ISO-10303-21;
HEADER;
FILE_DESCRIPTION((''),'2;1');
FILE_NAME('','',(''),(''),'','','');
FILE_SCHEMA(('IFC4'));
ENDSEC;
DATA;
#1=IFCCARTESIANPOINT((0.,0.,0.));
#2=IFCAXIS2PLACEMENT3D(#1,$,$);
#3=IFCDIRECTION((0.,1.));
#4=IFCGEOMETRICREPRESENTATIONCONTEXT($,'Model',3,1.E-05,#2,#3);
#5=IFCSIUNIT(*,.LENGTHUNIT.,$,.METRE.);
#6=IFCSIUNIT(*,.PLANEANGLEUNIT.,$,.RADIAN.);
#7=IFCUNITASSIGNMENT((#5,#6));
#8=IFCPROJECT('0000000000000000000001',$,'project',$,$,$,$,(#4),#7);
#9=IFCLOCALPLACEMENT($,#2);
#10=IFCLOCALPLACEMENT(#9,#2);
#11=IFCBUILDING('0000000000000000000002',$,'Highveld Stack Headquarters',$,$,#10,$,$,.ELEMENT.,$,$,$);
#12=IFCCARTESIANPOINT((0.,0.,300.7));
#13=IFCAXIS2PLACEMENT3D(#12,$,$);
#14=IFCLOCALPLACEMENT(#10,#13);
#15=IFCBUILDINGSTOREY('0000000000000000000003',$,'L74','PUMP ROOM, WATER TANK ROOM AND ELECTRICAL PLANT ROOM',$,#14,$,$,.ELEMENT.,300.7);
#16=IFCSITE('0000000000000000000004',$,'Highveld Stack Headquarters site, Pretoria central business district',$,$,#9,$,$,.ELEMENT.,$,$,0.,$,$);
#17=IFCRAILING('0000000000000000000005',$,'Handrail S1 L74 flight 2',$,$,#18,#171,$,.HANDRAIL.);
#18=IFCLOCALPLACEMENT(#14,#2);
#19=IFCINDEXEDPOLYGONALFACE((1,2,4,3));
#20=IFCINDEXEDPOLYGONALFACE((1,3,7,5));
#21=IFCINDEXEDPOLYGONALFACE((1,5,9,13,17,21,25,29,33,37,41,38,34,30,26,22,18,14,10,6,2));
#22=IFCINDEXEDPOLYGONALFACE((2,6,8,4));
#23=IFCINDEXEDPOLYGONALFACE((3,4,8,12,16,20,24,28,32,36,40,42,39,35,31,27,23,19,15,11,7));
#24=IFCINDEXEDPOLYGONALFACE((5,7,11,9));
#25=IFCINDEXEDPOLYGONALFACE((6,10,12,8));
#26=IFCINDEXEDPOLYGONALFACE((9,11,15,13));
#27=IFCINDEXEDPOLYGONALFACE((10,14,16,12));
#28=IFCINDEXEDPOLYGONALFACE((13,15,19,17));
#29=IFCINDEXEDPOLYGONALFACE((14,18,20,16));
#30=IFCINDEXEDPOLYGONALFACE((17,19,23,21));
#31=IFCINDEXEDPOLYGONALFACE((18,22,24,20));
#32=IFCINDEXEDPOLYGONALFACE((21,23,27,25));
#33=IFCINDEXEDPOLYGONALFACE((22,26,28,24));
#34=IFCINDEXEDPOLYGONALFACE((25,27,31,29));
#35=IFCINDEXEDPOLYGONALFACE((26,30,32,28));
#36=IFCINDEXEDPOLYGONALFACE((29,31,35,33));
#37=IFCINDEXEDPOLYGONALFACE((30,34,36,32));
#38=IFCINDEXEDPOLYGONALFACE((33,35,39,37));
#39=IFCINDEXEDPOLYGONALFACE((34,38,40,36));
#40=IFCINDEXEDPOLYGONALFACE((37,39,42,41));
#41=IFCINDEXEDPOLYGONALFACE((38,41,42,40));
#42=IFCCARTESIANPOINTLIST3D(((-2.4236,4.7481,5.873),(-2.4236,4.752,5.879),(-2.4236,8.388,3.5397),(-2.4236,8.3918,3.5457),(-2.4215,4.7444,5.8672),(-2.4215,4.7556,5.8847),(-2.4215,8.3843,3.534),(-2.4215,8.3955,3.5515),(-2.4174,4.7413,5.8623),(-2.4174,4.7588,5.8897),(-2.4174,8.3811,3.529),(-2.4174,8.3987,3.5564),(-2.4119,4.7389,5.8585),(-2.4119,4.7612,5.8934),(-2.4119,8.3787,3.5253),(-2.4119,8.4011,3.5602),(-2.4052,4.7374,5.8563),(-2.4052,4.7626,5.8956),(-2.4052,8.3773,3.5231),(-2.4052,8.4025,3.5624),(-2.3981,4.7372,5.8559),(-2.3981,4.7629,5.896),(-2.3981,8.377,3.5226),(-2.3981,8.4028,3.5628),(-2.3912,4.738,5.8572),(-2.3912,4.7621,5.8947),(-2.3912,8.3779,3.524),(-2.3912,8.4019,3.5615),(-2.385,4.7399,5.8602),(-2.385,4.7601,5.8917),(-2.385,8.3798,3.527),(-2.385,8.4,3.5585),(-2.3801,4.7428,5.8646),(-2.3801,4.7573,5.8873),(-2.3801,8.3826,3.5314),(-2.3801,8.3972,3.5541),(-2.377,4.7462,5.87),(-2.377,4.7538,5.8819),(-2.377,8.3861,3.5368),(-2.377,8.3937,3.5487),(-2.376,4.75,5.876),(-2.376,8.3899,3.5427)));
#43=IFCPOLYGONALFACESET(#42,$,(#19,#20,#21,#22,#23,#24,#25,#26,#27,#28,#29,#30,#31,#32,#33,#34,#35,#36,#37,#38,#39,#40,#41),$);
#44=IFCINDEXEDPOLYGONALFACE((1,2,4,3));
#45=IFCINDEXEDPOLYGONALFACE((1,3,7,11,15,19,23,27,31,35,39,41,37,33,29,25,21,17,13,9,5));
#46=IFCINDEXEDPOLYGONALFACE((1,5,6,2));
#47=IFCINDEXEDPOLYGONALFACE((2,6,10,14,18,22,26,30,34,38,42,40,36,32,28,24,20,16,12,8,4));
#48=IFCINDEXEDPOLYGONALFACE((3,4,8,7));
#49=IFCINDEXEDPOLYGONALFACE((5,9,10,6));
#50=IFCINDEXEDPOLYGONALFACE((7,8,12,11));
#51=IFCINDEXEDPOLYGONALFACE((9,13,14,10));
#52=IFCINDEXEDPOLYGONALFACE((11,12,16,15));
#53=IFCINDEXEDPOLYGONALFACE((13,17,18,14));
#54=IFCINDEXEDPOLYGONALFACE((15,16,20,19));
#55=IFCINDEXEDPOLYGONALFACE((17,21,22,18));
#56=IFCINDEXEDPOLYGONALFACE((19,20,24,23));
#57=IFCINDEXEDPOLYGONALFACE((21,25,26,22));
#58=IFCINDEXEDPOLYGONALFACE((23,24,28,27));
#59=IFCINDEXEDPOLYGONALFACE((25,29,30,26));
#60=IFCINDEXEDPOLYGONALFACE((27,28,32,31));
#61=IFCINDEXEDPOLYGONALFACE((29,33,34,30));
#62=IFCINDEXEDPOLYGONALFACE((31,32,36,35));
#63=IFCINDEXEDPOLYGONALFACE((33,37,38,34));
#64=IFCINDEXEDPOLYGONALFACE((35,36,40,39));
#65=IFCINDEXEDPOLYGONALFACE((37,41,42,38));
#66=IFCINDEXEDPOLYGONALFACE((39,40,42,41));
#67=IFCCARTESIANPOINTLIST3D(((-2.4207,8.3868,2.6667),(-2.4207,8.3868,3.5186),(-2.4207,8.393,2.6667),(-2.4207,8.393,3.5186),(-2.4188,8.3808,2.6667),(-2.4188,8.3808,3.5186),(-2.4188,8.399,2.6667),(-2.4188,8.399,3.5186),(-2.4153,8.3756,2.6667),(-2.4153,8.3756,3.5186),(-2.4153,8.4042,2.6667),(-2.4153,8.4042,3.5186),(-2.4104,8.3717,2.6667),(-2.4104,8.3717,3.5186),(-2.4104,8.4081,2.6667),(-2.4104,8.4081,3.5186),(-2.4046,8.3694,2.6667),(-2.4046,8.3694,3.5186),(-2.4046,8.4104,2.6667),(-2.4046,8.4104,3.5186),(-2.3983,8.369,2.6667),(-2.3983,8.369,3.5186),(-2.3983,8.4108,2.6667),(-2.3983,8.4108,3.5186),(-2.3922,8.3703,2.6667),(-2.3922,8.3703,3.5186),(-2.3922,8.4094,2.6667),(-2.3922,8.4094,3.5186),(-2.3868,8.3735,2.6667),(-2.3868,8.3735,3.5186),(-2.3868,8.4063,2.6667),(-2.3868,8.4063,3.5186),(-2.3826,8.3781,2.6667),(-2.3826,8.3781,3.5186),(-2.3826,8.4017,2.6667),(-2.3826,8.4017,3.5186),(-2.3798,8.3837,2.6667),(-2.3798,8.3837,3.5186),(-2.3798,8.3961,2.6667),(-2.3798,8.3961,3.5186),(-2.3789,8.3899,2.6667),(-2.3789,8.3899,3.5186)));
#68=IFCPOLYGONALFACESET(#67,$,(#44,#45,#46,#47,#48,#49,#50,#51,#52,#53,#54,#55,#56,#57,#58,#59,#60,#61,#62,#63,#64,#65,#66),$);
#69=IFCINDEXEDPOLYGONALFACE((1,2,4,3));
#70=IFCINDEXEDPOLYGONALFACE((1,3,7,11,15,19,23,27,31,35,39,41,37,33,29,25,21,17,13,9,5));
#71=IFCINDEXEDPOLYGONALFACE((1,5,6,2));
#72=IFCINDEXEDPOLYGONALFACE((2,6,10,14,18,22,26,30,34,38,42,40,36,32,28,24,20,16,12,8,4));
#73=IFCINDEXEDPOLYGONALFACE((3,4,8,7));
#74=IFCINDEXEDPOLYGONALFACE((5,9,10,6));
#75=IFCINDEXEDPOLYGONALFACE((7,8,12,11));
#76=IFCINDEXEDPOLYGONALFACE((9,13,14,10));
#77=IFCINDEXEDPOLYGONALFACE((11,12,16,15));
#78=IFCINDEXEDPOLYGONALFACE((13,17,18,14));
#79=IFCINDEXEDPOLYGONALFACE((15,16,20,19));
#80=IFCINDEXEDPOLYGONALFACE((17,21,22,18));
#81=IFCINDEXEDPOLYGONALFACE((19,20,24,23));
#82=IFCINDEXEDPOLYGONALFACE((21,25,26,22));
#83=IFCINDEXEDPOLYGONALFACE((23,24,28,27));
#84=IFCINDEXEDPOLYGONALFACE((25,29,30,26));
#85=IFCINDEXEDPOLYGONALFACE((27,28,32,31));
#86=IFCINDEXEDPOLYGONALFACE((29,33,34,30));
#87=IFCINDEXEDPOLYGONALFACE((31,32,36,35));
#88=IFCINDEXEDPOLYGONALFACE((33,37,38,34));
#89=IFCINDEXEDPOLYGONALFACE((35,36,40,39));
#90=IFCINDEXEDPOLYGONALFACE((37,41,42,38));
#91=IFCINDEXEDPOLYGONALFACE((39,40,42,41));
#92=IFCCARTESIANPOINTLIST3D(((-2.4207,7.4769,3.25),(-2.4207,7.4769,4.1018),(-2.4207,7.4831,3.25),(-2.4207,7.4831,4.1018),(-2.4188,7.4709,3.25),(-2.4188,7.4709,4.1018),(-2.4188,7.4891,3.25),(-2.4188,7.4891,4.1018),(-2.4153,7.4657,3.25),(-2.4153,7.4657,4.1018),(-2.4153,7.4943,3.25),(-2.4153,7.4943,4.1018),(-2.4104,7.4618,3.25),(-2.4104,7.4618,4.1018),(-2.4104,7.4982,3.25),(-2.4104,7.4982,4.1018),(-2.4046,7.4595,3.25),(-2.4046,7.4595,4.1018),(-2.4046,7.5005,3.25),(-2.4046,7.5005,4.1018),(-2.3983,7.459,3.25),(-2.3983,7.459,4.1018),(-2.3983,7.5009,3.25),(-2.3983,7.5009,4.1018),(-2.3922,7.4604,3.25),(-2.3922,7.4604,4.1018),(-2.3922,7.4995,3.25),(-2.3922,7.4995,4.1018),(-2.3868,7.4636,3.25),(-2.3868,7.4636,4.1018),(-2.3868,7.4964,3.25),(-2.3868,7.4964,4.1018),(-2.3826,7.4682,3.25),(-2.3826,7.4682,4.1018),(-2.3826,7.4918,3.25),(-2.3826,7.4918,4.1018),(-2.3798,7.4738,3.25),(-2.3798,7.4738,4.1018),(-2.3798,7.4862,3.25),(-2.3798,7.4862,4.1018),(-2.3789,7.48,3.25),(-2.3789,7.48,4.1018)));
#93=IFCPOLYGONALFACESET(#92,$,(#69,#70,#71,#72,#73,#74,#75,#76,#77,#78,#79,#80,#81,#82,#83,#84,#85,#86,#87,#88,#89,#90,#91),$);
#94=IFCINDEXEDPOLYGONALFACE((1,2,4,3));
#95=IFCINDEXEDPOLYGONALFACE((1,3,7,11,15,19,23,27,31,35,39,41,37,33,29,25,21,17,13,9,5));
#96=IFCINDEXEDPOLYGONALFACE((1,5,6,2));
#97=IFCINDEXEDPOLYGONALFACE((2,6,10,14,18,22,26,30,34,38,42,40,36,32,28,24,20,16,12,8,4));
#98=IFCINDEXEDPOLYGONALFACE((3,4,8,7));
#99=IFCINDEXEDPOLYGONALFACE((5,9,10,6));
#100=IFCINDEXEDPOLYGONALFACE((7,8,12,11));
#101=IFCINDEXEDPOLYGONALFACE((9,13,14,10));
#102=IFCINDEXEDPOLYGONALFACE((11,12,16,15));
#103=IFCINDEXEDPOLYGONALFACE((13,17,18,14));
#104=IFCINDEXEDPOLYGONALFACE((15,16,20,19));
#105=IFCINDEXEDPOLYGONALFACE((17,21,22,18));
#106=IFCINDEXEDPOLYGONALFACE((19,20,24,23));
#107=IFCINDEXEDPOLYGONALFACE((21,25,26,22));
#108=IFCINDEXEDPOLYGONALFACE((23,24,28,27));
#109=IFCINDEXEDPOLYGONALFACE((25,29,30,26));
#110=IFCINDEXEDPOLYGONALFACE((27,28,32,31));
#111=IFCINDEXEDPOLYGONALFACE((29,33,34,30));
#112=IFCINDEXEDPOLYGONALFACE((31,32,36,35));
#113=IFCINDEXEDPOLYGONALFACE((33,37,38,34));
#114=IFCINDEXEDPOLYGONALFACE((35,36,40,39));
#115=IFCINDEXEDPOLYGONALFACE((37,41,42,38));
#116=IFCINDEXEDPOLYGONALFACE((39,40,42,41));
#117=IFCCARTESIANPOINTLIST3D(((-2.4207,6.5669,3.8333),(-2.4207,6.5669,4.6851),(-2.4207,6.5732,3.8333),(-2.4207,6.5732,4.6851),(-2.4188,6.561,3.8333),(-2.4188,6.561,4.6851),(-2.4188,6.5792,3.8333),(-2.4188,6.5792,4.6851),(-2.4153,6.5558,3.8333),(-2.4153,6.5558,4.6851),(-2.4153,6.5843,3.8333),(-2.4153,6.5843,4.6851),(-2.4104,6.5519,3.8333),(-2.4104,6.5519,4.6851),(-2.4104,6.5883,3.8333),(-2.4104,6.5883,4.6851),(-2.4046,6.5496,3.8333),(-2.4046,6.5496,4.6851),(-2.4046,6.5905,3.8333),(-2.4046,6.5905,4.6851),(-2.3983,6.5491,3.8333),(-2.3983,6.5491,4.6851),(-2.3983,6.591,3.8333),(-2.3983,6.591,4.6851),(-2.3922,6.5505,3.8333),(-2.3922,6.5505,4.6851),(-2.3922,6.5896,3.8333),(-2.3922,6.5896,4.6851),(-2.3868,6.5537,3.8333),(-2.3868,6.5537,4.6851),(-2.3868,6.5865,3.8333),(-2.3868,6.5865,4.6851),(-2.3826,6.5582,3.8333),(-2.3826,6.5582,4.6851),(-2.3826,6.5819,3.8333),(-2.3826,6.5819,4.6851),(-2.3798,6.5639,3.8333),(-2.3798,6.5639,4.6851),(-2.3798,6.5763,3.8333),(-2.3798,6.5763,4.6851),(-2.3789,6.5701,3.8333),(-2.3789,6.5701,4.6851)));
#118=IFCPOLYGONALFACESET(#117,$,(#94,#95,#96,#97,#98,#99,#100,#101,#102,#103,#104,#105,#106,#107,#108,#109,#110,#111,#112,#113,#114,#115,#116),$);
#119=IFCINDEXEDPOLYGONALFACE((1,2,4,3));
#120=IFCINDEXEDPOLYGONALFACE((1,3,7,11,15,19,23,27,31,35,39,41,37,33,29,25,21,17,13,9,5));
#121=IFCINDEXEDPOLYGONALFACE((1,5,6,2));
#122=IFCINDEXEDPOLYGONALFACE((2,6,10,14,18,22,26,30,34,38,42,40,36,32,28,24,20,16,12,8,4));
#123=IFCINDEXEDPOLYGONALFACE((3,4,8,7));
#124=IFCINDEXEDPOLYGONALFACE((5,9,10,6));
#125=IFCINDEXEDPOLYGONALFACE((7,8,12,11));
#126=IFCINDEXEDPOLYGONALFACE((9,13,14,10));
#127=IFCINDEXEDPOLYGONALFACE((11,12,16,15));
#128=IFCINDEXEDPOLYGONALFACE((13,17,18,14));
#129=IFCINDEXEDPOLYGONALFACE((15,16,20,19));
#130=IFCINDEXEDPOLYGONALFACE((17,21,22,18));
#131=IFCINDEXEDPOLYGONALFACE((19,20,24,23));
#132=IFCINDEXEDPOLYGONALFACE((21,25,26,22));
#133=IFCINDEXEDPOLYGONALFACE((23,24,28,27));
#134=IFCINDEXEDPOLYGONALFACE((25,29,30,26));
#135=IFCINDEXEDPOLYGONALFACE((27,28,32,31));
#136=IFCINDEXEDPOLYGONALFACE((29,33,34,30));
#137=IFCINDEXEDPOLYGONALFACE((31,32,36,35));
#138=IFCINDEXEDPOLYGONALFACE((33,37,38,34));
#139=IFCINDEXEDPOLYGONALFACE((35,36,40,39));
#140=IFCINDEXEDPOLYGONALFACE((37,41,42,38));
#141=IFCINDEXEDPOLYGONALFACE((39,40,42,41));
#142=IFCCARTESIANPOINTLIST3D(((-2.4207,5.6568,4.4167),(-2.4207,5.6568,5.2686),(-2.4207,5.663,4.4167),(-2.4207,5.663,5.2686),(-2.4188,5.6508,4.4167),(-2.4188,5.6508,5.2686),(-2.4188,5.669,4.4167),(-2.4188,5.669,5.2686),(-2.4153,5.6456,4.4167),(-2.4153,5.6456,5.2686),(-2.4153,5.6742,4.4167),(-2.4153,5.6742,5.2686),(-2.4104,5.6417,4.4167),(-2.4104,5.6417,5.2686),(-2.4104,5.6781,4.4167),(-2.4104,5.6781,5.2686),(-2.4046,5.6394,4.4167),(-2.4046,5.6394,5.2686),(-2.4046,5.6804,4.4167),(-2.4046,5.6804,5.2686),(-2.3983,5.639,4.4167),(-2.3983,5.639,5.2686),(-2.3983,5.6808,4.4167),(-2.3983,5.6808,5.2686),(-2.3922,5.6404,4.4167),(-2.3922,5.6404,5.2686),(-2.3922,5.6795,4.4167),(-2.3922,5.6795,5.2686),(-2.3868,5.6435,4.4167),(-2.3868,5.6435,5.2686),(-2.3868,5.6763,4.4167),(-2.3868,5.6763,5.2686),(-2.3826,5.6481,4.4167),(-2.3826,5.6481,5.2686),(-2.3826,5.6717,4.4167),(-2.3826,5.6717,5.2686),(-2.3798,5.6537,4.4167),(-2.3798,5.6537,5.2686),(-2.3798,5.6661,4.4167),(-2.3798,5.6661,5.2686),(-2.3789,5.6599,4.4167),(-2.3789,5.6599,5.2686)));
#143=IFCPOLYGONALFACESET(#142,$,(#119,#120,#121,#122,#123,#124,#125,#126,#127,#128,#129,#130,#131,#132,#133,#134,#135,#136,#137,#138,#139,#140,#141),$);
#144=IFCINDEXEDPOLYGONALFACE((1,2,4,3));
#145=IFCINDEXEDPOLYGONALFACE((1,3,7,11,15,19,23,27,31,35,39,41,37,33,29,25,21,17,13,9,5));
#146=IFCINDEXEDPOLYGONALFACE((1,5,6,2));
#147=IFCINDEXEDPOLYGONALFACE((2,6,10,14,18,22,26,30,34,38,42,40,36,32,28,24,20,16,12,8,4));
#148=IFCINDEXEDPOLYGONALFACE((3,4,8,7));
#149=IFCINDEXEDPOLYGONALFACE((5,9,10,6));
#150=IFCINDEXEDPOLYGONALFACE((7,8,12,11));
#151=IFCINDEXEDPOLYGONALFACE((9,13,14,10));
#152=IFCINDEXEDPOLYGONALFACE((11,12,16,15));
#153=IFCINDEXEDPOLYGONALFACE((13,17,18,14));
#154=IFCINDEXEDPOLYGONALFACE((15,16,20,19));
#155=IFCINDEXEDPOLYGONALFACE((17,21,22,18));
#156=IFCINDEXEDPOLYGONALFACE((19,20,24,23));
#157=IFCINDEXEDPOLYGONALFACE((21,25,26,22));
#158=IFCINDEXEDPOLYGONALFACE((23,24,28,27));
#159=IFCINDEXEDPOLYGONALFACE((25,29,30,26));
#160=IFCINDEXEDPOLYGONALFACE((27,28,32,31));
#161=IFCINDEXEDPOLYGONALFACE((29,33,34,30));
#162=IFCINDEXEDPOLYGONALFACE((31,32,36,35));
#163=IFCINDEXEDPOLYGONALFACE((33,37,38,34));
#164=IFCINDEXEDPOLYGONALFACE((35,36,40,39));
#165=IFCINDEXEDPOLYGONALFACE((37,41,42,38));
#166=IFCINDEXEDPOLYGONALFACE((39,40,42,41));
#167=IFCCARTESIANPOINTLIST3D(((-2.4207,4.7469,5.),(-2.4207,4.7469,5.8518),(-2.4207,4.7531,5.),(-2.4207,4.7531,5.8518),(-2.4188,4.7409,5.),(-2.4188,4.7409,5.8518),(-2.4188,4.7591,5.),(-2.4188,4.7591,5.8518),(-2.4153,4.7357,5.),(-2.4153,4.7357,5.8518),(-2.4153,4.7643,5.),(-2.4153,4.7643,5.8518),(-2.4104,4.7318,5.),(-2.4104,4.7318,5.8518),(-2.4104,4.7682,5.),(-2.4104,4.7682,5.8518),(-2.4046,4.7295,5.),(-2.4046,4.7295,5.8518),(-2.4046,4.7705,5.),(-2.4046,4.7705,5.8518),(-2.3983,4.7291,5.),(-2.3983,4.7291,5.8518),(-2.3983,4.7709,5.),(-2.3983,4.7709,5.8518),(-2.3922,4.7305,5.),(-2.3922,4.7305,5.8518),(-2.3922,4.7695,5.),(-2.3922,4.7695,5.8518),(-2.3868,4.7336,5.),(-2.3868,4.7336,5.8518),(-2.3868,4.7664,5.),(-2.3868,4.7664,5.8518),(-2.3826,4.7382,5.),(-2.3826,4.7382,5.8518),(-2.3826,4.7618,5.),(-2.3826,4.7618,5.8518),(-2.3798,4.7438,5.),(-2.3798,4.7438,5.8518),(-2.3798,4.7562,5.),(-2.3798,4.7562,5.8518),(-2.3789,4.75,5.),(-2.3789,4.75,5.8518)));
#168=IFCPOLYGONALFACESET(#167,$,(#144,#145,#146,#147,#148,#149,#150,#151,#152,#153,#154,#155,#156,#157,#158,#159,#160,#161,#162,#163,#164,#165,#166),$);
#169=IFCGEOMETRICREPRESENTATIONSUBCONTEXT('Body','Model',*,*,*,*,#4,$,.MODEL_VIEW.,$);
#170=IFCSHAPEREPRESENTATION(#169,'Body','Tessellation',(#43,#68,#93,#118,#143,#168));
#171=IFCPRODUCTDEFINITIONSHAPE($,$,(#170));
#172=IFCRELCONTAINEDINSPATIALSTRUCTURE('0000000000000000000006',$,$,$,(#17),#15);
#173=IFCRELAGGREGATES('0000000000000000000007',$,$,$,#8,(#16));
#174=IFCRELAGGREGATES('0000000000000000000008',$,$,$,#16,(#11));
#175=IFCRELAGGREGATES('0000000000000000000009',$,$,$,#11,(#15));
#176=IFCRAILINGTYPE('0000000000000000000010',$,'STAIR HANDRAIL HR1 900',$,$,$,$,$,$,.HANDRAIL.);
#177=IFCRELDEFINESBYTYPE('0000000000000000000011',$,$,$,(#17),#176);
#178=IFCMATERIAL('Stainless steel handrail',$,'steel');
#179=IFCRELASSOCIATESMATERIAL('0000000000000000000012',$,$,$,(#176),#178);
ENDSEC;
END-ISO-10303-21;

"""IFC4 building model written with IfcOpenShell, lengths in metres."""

from ifc_helpers import new_model, si_unit, direction, frame, origin, origin_2d, place, context, subcontext, project, spatial, circle, extrude, material, type_object, element, save


model = new_model("IFC4")

# Units and contexts
model_context = context("Model", 3, precision=1e-05, world=origin(), true_north=direction((0.0, 1.0)))
body_context = subcontext(model_context, "Body", "Model", "MODEL_VIEW")
ifc_project = project(units=[si_unit("LENGTHUNIT", "METRE"), si_unit("PLANEANGLEUNIT", "RADIAN")], contexts=[model_context])

# Site, building, storey
site_placement = place(None, origin())
site = spatial("IfcSite", under=ifc_project, at=site_placement, Name="Highveld Stack Headquarters site, Pretoria central business district", CompositionType="ELEMENT", RefElevation=0.0)
building_placement = place(site_placement, origin())
building = spatial("IfcBuilding", under=site, at=building_placement, Name="Highveld Stack Headquarters", CompositionType="ELEMENT")
storey_placement = place(building_placement, frame((0.0, 0.0, 300.7)))
storey = spatial("IfcBuildingStorey", under=building, at=storey_placement, Name="L74", Description="PUMP ROOM, WATER TANK ROOM AND ELECTRICAL PLANT ROOM", CompositionType="ELEMENT", Elevation=300.7)

# Railing
ifc_material_1 = material(Name="Stainless steel handrail", Category="steel")
railing_type = type_object("IfcRailingType", Name="STAIR HANDRAIL HR1 900", PredefinedType="HANDRAIL", material=ifc_material_1)
for number, where, name in (
    (1, (-2.3999, 8.3899, 2.6667), "Handrail S1 L74 flight 2"),
):
    element("IfcRailing", number, at=place(storey_placement, frame(where)), inside=storey, type_object=railing_type, Name=name, PredefinedType="HANDRAIL", context=body_context, shape_type="SweptSolid", body=[
        extrude(circle(Radius=0.0239, at=origin_2d()), frame((0.0, 0.0, 0.876), z_axis=(0.0, -0.84188, 0.539664), x_axis=(1.0, 0.0, 0.0)), (0.0, 0.0, 1.0), 4.3235),
        extrude(circle(Radius=0.021, at=origin_2d()), origin(), (0.0, 0.0, 1.0), 0.8518),
        extrude(circle(Radius=0.021, at=origin_2d()), frame((0.0, -0.9099, 0.5833)), (0.0, 0.0, 1.0), 0.8518),
        extrude(circle(Radius=0.021, at=origin_2d()), frame((0.0, -1.8198, 1.1665)), (0.0, 0.0, 1.0), 0.8518),
        extrude(circle(Radius=0.021, at=origin_2d()), frame((0.0, -2.73, 1.75)), (0.0, 0.0, 1.0), 0.8518),
        extrude(circle(Radius=0.021, at=origin_2d()), frame((0.0, -3.6399, 2.3333)), (0.0, 0.0, 1.0), 0.8518),
    ])

save(model, "model.ifc")
